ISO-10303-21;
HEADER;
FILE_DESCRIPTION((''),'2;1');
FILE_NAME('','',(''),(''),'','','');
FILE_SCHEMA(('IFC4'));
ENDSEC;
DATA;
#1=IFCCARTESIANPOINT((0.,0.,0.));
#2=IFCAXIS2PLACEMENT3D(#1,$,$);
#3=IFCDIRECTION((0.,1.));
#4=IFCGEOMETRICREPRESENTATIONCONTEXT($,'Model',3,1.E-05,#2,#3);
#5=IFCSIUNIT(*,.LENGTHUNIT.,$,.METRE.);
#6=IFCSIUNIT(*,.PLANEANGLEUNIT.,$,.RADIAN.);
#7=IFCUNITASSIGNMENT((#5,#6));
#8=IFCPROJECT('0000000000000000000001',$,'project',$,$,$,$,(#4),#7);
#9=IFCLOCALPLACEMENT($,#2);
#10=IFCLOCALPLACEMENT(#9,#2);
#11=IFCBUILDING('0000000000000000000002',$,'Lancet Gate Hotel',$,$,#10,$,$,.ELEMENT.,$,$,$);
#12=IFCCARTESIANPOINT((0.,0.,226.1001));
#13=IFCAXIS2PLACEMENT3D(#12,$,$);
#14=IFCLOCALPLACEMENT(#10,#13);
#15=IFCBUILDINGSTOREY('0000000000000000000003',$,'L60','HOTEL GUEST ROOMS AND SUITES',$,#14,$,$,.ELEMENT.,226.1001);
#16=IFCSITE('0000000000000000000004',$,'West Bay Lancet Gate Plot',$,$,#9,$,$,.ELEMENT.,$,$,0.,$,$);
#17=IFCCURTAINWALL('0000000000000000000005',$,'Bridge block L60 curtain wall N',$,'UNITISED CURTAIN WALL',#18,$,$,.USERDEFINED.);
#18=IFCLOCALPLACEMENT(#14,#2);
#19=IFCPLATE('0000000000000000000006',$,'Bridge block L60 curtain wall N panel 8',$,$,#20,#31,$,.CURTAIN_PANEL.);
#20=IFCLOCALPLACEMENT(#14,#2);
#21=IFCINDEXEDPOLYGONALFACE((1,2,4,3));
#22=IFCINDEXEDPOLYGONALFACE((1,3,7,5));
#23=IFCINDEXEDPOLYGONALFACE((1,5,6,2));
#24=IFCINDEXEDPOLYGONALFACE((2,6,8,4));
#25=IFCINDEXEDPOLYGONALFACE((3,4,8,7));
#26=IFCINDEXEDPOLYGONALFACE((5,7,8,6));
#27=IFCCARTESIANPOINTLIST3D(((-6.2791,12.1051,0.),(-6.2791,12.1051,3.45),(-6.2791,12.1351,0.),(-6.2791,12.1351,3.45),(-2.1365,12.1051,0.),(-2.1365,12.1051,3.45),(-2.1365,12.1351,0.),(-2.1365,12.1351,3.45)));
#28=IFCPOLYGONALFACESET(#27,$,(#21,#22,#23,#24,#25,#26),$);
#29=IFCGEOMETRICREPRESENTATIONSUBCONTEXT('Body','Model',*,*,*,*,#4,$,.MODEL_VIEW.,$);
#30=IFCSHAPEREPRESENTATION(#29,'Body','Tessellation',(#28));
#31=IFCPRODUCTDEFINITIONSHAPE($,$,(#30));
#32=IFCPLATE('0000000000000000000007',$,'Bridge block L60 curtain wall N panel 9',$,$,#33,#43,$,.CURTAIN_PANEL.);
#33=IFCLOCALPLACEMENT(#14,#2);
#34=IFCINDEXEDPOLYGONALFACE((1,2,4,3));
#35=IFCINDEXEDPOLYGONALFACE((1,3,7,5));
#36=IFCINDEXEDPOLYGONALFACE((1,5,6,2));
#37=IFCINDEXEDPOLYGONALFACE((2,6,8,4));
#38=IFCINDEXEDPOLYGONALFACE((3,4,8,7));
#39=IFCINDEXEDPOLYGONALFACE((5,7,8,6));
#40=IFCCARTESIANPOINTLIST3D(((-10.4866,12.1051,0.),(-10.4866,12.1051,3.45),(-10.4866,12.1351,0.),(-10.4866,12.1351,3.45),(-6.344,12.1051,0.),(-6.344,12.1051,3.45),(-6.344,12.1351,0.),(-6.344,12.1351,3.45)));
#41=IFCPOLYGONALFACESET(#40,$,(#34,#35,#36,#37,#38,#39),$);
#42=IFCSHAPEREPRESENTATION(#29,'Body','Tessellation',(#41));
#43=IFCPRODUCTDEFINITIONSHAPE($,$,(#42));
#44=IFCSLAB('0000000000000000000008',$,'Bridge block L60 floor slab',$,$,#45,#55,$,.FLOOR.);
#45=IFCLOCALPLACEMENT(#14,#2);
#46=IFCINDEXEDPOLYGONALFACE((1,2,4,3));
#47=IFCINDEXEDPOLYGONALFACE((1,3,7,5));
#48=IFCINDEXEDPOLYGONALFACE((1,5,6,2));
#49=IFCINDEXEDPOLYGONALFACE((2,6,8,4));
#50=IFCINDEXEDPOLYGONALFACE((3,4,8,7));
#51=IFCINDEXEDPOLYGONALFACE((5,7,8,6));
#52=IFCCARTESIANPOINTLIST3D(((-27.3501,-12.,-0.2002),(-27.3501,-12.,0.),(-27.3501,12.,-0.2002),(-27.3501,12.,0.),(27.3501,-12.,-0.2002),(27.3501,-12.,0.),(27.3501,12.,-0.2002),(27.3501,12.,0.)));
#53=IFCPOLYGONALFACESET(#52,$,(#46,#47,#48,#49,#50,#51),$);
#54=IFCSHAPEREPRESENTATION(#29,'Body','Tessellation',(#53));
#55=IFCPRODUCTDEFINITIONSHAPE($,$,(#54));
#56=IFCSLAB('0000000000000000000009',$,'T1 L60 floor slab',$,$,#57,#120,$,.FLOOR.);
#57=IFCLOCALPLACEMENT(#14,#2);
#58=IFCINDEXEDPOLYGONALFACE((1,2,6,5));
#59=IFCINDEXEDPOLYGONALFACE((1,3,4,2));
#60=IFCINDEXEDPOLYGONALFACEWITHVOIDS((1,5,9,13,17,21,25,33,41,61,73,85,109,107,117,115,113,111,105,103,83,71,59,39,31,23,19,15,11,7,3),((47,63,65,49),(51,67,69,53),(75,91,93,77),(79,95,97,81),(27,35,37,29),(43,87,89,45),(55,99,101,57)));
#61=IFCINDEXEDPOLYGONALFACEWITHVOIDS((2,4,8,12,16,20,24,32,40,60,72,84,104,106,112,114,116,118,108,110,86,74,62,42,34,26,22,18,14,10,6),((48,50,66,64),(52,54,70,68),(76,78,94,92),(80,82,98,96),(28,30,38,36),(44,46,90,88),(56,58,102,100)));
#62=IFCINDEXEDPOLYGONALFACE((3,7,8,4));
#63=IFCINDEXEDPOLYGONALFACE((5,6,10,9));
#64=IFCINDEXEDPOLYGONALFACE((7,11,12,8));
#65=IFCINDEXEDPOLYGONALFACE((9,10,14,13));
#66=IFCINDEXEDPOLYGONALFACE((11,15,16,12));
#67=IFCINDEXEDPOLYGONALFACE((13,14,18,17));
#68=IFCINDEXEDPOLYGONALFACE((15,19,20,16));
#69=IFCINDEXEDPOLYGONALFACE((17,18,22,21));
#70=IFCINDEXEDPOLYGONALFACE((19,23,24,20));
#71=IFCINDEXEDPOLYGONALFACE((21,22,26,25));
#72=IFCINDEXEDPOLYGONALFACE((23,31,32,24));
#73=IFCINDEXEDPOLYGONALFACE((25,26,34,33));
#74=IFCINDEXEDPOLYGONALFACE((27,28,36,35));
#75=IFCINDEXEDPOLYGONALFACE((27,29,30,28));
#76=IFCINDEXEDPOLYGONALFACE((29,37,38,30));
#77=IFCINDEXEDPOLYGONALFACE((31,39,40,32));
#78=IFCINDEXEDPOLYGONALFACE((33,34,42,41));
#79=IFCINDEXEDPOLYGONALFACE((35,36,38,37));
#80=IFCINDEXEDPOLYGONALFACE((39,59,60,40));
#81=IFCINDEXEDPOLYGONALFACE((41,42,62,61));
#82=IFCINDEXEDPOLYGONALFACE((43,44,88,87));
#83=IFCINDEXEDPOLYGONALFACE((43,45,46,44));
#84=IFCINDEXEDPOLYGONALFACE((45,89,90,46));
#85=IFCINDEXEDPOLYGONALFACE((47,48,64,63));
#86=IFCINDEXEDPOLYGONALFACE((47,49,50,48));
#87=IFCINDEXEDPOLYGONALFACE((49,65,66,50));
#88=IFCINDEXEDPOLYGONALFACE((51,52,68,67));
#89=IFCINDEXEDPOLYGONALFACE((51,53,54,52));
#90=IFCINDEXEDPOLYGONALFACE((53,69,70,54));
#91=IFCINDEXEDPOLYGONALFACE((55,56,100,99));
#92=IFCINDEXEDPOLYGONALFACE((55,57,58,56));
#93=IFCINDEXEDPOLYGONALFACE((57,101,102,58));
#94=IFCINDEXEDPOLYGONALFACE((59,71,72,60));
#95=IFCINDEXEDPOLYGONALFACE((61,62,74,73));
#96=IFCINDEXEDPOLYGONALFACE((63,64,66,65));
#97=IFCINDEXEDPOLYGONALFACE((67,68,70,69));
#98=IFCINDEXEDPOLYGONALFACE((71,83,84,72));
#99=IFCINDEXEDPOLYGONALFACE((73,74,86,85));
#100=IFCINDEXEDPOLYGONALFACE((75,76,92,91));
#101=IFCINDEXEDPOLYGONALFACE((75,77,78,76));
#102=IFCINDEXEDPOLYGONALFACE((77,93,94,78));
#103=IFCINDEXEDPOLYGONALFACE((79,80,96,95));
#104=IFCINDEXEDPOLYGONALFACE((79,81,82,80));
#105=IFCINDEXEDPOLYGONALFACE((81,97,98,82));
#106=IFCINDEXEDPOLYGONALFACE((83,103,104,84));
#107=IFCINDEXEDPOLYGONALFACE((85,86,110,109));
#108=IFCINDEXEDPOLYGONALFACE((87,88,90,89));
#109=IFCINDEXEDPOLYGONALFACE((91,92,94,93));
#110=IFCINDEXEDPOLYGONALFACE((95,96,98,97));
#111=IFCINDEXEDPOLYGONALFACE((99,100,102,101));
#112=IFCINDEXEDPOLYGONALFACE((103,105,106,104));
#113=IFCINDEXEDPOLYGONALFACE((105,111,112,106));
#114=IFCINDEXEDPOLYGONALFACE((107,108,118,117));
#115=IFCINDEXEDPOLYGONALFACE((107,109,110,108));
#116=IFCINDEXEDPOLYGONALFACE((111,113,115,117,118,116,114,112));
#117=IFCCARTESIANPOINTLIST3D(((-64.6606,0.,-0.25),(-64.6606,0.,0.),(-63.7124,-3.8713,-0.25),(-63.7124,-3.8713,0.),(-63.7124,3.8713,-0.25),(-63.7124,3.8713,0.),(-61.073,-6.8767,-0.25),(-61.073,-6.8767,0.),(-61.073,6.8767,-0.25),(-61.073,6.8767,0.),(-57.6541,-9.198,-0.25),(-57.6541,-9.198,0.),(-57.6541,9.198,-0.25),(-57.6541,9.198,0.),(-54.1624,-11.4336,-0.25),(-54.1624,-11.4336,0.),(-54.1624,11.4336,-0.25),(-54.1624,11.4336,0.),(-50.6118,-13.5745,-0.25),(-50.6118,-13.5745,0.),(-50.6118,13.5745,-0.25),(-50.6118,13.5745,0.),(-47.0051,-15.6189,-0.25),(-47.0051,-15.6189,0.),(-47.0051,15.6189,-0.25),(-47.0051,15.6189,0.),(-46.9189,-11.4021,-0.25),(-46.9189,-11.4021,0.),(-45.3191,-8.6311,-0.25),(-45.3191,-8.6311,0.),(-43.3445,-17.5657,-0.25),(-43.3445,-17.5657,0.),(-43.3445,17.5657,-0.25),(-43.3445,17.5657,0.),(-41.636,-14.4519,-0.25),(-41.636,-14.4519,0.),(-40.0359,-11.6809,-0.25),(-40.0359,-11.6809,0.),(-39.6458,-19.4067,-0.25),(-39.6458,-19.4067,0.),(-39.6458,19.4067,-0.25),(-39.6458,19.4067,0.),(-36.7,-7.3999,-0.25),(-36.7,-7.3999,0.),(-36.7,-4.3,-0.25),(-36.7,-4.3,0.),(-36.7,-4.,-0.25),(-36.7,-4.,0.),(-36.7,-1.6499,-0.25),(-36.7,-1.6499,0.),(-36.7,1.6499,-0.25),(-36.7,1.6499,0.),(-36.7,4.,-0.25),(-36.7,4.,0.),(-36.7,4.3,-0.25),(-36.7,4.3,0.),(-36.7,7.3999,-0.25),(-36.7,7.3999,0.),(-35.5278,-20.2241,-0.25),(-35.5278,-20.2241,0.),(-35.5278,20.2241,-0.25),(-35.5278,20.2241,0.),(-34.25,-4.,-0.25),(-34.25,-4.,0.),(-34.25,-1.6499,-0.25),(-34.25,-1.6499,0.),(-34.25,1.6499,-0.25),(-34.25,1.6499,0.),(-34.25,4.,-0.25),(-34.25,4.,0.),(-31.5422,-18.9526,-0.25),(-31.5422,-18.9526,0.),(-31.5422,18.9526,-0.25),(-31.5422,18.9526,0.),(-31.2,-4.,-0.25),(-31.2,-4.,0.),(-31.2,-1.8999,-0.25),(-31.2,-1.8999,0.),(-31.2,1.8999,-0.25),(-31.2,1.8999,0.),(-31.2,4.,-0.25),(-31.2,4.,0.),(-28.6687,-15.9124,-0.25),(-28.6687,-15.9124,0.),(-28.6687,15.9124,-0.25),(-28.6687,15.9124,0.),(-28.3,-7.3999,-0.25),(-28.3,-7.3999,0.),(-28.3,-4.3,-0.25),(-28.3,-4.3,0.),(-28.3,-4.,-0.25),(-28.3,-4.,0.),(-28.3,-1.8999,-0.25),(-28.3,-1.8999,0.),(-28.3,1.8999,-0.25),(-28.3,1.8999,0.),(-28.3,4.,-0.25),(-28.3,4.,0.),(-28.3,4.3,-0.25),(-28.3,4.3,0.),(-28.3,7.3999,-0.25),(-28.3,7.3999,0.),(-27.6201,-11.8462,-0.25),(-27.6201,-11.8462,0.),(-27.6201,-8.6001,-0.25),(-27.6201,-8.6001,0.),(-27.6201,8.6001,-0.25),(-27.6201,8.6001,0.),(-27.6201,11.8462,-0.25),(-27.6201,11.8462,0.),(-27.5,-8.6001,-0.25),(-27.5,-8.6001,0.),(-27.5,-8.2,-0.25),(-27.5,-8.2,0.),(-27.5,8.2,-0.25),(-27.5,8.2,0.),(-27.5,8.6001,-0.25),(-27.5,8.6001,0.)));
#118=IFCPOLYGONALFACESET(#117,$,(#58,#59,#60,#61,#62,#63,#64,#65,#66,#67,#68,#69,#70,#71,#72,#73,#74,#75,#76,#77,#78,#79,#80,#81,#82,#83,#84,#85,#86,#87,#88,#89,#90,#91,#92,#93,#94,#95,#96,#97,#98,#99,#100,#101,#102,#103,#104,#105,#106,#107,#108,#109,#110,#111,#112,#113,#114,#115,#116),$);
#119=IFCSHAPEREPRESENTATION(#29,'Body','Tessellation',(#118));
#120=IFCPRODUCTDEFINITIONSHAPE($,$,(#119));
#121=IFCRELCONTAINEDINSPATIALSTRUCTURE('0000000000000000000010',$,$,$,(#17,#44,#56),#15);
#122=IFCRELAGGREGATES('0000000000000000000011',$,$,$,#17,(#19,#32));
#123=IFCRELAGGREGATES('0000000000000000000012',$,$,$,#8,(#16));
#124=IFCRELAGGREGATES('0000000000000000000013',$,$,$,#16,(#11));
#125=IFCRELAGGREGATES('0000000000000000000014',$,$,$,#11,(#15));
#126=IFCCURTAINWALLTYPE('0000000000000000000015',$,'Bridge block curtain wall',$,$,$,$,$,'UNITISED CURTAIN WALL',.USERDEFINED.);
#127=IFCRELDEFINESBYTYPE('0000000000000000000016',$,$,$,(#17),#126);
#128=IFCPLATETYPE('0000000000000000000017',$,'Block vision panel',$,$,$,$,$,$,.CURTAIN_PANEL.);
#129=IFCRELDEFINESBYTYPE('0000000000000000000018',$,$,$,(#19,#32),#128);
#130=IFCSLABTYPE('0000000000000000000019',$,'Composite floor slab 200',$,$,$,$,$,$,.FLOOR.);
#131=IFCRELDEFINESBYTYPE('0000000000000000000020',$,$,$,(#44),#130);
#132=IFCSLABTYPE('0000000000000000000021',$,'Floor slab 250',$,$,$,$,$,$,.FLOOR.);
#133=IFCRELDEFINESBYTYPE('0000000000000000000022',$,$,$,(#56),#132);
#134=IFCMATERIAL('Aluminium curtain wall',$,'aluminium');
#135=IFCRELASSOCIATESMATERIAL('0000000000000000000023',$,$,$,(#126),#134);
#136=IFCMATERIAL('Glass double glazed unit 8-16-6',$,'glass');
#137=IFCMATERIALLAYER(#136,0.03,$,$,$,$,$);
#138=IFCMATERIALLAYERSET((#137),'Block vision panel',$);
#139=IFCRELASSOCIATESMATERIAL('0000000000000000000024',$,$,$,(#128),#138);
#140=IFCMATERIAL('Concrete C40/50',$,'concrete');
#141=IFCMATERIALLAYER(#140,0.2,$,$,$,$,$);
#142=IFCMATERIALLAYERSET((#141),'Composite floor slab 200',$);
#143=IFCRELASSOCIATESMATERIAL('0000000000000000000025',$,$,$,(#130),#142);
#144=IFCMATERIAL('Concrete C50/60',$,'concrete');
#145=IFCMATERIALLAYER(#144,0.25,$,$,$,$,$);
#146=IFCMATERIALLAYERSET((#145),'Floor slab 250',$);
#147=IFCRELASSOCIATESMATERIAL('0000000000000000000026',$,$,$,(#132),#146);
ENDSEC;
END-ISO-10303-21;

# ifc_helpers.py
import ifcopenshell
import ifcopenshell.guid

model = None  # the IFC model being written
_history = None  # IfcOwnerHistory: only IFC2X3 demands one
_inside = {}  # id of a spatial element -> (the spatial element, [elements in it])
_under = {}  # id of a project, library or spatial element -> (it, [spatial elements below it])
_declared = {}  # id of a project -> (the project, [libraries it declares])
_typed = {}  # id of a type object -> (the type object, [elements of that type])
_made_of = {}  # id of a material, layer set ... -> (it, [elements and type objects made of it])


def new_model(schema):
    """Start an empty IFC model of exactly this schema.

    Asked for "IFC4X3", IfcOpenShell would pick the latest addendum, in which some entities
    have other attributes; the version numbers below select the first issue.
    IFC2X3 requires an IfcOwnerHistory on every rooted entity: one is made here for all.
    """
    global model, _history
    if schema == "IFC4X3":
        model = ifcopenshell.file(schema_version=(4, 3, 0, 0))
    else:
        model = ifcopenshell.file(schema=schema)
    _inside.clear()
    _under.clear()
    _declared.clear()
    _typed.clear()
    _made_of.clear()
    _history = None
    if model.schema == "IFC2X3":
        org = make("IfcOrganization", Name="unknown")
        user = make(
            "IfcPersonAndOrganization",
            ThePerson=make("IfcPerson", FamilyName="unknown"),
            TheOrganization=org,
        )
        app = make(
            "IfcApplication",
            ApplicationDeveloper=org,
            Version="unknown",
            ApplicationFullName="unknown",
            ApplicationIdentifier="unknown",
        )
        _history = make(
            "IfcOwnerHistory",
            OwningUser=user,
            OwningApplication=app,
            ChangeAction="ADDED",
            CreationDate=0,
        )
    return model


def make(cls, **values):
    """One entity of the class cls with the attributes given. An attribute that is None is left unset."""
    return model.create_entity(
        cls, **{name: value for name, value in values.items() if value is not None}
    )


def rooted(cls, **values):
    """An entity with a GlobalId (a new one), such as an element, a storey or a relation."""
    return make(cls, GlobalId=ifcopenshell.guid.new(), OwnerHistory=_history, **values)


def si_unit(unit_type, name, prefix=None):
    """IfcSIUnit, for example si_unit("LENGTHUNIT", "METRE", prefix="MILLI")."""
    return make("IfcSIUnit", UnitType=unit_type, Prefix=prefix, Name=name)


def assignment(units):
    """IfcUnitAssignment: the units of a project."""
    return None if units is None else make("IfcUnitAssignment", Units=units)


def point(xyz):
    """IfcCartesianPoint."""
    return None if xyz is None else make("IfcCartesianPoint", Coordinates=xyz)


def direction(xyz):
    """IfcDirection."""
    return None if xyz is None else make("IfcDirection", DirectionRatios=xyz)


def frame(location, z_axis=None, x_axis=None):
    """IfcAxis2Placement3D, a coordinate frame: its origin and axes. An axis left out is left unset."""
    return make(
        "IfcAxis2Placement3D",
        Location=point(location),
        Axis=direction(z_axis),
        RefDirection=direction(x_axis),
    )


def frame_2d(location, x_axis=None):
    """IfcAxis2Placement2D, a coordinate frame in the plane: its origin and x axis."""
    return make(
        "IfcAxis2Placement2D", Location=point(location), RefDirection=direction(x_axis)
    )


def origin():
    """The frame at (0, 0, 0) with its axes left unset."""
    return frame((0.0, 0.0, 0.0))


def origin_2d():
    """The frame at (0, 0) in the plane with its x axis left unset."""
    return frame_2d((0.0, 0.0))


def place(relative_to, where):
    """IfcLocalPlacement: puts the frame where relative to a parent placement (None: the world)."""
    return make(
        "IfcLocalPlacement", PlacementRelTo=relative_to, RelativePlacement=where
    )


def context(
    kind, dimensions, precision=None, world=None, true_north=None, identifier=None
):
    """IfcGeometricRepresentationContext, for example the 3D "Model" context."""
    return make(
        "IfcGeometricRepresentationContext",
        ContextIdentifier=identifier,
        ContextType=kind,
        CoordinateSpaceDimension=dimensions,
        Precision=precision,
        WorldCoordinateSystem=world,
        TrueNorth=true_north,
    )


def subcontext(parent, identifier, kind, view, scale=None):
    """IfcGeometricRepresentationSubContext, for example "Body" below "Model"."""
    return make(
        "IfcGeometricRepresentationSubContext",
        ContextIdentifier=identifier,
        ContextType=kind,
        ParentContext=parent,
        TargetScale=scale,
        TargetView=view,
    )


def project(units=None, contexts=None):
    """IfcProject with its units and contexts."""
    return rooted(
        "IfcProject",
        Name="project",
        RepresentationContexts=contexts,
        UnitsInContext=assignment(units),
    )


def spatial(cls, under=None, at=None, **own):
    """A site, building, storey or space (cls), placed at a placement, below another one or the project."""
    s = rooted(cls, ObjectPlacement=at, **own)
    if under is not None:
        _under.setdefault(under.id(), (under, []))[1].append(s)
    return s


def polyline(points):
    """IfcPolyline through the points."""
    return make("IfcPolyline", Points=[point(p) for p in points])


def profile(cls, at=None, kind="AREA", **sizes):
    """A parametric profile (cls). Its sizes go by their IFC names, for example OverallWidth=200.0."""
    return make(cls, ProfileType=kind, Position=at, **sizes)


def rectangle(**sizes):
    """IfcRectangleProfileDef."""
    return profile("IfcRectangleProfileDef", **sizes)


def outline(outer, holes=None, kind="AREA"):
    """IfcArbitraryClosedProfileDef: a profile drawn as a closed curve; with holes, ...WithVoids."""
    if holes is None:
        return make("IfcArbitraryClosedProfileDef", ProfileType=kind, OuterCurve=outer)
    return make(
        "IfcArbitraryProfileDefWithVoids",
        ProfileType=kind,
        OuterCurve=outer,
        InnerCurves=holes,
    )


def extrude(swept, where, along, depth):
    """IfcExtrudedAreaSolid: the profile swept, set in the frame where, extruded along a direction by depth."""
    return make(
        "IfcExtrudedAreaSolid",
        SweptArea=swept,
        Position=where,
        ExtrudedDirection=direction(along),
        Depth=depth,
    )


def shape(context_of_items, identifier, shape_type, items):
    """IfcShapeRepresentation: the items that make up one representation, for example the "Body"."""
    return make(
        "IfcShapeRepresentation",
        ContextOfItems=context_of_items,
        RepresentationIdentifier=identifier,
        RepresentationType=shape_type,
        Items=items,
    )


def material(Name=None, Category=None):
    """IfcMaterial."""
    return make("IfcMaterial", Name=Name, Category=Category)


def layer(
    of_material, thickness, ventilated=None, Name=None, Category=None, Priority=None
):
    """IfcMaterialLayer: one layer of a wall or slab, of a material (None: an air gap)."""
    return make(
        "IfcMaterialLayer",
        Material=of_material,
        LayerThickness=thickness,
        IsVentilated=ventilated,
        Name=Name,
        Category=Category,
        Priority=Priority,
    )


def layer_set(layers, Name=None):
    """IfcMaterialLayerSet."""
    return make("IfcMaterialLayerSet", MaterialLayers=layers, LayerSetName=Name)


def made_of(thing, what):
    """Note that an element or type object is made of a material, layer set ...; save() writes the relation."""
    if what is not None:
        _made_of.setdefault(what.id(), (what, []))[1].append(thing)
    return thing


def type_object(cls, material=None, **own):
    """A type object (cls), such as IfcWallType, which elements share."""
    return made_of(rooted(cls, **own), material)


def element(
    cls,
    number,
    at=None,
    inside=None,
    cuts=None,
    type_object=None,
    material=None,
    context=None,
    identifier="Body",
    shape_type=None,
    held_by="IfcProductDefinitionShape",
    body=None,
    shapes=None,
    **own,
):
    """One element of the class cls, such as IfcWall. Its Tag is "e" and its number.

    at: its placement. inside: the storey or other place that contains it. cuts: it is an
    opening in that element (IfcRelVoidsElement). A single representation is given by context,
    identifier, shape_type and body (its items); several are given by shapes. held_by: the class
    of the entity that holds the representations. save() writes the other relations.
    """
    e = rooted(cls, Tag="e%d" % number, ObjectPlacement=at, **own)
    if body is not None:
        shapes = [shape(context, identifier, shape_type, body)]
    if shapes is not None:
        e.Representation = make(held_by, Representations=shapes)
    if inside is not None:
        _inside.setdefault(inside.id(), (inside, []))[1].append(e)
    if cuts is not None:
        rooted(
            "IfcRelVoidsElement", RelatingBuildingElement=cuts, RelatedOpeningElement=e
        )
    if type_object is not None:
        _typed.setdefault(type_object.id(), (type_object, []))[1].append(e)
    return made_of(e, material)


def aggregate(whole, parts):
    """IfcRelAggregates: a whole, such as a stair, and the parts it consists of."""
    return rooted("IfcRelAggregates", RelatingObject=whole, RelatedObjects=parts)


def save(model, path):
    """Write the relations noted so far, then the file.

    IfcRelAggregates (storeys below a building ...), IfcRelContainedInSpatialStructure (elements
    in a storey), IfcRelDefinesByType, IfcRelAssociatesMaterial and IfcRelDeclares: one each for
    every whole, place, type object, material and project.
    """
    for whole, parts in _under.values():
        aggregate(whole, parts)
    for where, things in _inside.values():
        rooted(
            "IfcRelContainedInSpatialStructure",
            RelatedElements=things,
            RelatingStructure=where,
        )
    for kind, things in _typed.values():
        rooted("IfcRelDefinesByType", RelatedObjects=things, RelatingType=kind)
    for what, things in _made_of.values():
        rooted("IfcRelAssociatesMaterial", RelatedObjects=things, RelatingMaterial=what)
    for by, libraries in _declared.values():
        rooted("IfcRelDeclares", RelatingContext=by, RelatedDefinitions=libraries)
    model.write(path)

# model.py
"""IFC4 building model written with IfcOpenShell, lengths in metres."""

from ifc_helpers import new_model, si_unit, direction, frame, origin, origin_2d, place, context, subcontext, project, spatial, polyline, rectangle, outline, extrude, material, layer, layer_set, type_object, element, aggregate, save


model = new_model("IFC4")

# Units and contexts
model_context = context("Model", 3, precision=1e-05, world=origin(), true_north=direction((0.0, 1.0)))
body_context = subcontext(model_context, "Body", "Model", "MODEL_VIEW")
ifc_project = project(units=[si_unit("LENGTHUNIT", "METRE"), si_unit("PLANEANGLEUNIT", "RADIAN")], contexts=[model_context])

# Site, building, storey
site_placement = place(None, origin())
site = spatial("IfcSite", under=ifc_project, at=site_placement, Name="West Bay Lancet Gate Plot", CompositionType="ELEMENT", RefElevation=0.0)
building_placement = place(site_placement, origin())
building = spatial("IfcBuilding", under=site, at=building_placement, Name="Lancet Gate Hotel", CompositionType="ELEMENT")
storey_placement = place(building_placement, frame((0.0, 0.0, 226.1001)))
storey = spatial("IfcBuildingStorey", under=building, at=storey_placement, Name="L60", Description="HOTEL GUEST ROOMS AND SUITES", CompositionType="ELEMENT", Elevation=226.1001)

# Curtain wall
ifc_material_1 = material(Name="Aluminium curtain wall", Category="aluminium")
curtain_wall_type = type_object("IfcCurtainWallType", Name="Bridge block curtain wall", ElementType="UNITISED CURTAIN WALL", PredefinedType="USERDEFINED", material=ifc_material_1)
curtain_wall_placement = place(storey_placement, origin())
curtain_wall = element("IfcCurtainWall", 1, at=curtain_wall_placement, inside=storey, type_object=curtain_wall_type, Name="Bridge block L60 curtain wall N", ObjectType="UNITISED CURTAIN WALL", PredefinedType="USERDEFINED")

# Plates
ifc_material_2 = material(Name="Glass double glazed unit 8-16-6", Category="glass")
ifc_layer_1 = layer(ifc_material_2, 0.03)
ifc_layer_set_1 = layer_set([ifc_layer_1], Name="Block vision panel")
plate_type = type_object("IfcPlateType", Name="Block vision panel", PredefinedType="CURTAIN_PANEL", material=ifc_layer_set_1)
plate_1_placement = place(storey_placement, frame((-4.2078, 12.1201, 0.0), z_axis=(0.0, 0.0, 1.0), x_axis=(-1.0, 0.0, 0.0)))
plate_1 = element("IfcPlate", 2, at=plate_1_placement, type_object=plate_type, Name="Bridge block L60 curtain wall N panel 8", PredefinedType="CURTAIN_PANEL", context=body_context, shape_type="SweptSolid", body=[
    extrude(rectangle(XDim=4.1426, YDim=0.03, at=origin_2d()), origin(), (0.0, 0.0, 1.0), 3.45),
])
plate_2_placement = place(storey_placement, frame((-8.4153, 12.1201, 0.0), z_axis=(0.0, 0.0, 1.0), x_axis=(-1.0, 0.0, 0.0)))
plate_2 = element("IfcPlate", 3, at=plate_2_placement, type_object=plate_type, Name="Bridge block L60 curtain wall N panel 9", PredefinedType="CURTAIN_PANEL", context=body_context, shape_type="SweptSolid", body=[
    extrude(rectangle(XDim=4.1426, YDim=0.03, at=origin_2d()), origin(), (0.0, 0.0, 1.0), 3.45),
])
aggregate(curtain_wall, [plate_1, plate_2])

# Slabs
ifc_material_3 = material(Name="Concrete C40/50", Category="concrete")
ifc_layer_2 = layer(ifc_material_3, 0.2)
ifc_layer_set_2 = layer_set([ifc_layer_2], Name="Composite floor slab 200")
slab_type_1 = type_object("IfcSlabType", Name="Composite floor slab 200", PredefinedType="FLOOR", material=ifc_layer_set_2)
slab_1_placement = place(storey_placement, frame((0.0, 0.0, -0.2002)))
element("IfcSlab", 4, at=slab_1_placement, inside=storey, type_object=slab_type_1, Name="Bridge block L60 floor slab", PredefinedType="FLOOR", context=body_context, shape_type="SweptSolid", body=[
    extrude(outline(polyline([(27.3501, -12.0), (27.3501, 12.0), (-27.3501, 12.0), (-27.3501, -12.0), (27.3501, -12.0)])), origin(), (0.0, 0.0, 1.0), 0.2002),
])
ifc_material_4 = material(Name="Concrete C50/60", Category="concrete")
ifc_layer_3 = layer(ifc_material_4, 0.25)
ifc_layer_set_3 = layer_set([ifc_layer_3], Name="Floor slab 250")
slab_type_2 = type_object("IfcSlabType", Name="Floor slab 250", PredefinedType="FLOOR", material=ifc_layer_set_3)
slab_2_placement = place(storey_placement, frame((0.0, 0.0, -0.25)))
element("IfcSlab", 5, at=slab_2_placement, inside=storey, type_object=slab_type_2, Name="T1 L60 floor slab", PredefinedType="FLOOR", context=body_context, shape_type="SweptSolid", body=[
    extrude(outline(polyline([(-27.5, 8.6001), (-27.6201, 8.6001), (-27.6201, 11.8462), (-28.6687, 15.9124), (-31.5422, 18.9526), (-35.5278, 20.2241), (-39.6458, 19.4067), (-43.3445, 17.5657), (-47.0051, 15.6189), (-50.6118, 13.5745), (-54.1624, 11.4336), (-57.6541, 9.198), (-61.073, 6.8767), (-63.7124, 3.8713), (-64.6606, 0.0), (-63.7124, -3.8713), (-61.073, -6.8767), (-57.6541, -9.198), (-54.1624, -11.4336), (-50.6118, -13.5745), (-47.0051, -15.6189), (-43.3445, -17.5657), (-39.6458, -19.4067), (-35.5278, -20.2241), (-31.5422, -18.9526), (-28.6687, -15.9124), (-27.6201, -11.8462), (-27.6201, -8.6001), (-27.5, -8.6001), (-27.5, -8.2), (-27.5, 8.2), (-27.5, 8.6001)]), holes=[polyline([(-36.7, 7.3999), (-36.7, 4.3), (-28.3, 4.3), (-28.3, 7.3999), (-36.7, 7.3999)]), polyline([(-28.3, 4.0), (-31.2, 4.0), (-31.2, 1.8999), (-28.3, 1.8999), (-28.3, 4.0)]), polyline([(-34.25, 4.0), (-36.7, 4.0), (-36.7, 1.6499), (-34.25, 1.6499), (-34.25, 4.0)]), polyline([(-36.7, -1.6499), (-36.7, -4.0), (-34.25, -4.0), (-34.25, -1.6499), (-36.7, -1.6499)]), polyline([(-28.3, -1.8999), (-31.2, -1.8999), (-31.2, -4.0), (-28.3, -4.0), (-28.3, -1.8999)]), polyline([(-28.3, -4.3), (-36.7, -4.3), (-36.7, -7.3999), (-28.3, -7.3999), (-28.3, -4.3)]), polyline([(-45.3191, -8.6311), (-46.9189, -11.4021), (-41.636, -14.4519), (-40.0359, -11.6809), (-45.3191, -8.6311)])]), origin(), (0.0, 0.0, 1.0), 0.25),
])

save(model, "model.ifc")
